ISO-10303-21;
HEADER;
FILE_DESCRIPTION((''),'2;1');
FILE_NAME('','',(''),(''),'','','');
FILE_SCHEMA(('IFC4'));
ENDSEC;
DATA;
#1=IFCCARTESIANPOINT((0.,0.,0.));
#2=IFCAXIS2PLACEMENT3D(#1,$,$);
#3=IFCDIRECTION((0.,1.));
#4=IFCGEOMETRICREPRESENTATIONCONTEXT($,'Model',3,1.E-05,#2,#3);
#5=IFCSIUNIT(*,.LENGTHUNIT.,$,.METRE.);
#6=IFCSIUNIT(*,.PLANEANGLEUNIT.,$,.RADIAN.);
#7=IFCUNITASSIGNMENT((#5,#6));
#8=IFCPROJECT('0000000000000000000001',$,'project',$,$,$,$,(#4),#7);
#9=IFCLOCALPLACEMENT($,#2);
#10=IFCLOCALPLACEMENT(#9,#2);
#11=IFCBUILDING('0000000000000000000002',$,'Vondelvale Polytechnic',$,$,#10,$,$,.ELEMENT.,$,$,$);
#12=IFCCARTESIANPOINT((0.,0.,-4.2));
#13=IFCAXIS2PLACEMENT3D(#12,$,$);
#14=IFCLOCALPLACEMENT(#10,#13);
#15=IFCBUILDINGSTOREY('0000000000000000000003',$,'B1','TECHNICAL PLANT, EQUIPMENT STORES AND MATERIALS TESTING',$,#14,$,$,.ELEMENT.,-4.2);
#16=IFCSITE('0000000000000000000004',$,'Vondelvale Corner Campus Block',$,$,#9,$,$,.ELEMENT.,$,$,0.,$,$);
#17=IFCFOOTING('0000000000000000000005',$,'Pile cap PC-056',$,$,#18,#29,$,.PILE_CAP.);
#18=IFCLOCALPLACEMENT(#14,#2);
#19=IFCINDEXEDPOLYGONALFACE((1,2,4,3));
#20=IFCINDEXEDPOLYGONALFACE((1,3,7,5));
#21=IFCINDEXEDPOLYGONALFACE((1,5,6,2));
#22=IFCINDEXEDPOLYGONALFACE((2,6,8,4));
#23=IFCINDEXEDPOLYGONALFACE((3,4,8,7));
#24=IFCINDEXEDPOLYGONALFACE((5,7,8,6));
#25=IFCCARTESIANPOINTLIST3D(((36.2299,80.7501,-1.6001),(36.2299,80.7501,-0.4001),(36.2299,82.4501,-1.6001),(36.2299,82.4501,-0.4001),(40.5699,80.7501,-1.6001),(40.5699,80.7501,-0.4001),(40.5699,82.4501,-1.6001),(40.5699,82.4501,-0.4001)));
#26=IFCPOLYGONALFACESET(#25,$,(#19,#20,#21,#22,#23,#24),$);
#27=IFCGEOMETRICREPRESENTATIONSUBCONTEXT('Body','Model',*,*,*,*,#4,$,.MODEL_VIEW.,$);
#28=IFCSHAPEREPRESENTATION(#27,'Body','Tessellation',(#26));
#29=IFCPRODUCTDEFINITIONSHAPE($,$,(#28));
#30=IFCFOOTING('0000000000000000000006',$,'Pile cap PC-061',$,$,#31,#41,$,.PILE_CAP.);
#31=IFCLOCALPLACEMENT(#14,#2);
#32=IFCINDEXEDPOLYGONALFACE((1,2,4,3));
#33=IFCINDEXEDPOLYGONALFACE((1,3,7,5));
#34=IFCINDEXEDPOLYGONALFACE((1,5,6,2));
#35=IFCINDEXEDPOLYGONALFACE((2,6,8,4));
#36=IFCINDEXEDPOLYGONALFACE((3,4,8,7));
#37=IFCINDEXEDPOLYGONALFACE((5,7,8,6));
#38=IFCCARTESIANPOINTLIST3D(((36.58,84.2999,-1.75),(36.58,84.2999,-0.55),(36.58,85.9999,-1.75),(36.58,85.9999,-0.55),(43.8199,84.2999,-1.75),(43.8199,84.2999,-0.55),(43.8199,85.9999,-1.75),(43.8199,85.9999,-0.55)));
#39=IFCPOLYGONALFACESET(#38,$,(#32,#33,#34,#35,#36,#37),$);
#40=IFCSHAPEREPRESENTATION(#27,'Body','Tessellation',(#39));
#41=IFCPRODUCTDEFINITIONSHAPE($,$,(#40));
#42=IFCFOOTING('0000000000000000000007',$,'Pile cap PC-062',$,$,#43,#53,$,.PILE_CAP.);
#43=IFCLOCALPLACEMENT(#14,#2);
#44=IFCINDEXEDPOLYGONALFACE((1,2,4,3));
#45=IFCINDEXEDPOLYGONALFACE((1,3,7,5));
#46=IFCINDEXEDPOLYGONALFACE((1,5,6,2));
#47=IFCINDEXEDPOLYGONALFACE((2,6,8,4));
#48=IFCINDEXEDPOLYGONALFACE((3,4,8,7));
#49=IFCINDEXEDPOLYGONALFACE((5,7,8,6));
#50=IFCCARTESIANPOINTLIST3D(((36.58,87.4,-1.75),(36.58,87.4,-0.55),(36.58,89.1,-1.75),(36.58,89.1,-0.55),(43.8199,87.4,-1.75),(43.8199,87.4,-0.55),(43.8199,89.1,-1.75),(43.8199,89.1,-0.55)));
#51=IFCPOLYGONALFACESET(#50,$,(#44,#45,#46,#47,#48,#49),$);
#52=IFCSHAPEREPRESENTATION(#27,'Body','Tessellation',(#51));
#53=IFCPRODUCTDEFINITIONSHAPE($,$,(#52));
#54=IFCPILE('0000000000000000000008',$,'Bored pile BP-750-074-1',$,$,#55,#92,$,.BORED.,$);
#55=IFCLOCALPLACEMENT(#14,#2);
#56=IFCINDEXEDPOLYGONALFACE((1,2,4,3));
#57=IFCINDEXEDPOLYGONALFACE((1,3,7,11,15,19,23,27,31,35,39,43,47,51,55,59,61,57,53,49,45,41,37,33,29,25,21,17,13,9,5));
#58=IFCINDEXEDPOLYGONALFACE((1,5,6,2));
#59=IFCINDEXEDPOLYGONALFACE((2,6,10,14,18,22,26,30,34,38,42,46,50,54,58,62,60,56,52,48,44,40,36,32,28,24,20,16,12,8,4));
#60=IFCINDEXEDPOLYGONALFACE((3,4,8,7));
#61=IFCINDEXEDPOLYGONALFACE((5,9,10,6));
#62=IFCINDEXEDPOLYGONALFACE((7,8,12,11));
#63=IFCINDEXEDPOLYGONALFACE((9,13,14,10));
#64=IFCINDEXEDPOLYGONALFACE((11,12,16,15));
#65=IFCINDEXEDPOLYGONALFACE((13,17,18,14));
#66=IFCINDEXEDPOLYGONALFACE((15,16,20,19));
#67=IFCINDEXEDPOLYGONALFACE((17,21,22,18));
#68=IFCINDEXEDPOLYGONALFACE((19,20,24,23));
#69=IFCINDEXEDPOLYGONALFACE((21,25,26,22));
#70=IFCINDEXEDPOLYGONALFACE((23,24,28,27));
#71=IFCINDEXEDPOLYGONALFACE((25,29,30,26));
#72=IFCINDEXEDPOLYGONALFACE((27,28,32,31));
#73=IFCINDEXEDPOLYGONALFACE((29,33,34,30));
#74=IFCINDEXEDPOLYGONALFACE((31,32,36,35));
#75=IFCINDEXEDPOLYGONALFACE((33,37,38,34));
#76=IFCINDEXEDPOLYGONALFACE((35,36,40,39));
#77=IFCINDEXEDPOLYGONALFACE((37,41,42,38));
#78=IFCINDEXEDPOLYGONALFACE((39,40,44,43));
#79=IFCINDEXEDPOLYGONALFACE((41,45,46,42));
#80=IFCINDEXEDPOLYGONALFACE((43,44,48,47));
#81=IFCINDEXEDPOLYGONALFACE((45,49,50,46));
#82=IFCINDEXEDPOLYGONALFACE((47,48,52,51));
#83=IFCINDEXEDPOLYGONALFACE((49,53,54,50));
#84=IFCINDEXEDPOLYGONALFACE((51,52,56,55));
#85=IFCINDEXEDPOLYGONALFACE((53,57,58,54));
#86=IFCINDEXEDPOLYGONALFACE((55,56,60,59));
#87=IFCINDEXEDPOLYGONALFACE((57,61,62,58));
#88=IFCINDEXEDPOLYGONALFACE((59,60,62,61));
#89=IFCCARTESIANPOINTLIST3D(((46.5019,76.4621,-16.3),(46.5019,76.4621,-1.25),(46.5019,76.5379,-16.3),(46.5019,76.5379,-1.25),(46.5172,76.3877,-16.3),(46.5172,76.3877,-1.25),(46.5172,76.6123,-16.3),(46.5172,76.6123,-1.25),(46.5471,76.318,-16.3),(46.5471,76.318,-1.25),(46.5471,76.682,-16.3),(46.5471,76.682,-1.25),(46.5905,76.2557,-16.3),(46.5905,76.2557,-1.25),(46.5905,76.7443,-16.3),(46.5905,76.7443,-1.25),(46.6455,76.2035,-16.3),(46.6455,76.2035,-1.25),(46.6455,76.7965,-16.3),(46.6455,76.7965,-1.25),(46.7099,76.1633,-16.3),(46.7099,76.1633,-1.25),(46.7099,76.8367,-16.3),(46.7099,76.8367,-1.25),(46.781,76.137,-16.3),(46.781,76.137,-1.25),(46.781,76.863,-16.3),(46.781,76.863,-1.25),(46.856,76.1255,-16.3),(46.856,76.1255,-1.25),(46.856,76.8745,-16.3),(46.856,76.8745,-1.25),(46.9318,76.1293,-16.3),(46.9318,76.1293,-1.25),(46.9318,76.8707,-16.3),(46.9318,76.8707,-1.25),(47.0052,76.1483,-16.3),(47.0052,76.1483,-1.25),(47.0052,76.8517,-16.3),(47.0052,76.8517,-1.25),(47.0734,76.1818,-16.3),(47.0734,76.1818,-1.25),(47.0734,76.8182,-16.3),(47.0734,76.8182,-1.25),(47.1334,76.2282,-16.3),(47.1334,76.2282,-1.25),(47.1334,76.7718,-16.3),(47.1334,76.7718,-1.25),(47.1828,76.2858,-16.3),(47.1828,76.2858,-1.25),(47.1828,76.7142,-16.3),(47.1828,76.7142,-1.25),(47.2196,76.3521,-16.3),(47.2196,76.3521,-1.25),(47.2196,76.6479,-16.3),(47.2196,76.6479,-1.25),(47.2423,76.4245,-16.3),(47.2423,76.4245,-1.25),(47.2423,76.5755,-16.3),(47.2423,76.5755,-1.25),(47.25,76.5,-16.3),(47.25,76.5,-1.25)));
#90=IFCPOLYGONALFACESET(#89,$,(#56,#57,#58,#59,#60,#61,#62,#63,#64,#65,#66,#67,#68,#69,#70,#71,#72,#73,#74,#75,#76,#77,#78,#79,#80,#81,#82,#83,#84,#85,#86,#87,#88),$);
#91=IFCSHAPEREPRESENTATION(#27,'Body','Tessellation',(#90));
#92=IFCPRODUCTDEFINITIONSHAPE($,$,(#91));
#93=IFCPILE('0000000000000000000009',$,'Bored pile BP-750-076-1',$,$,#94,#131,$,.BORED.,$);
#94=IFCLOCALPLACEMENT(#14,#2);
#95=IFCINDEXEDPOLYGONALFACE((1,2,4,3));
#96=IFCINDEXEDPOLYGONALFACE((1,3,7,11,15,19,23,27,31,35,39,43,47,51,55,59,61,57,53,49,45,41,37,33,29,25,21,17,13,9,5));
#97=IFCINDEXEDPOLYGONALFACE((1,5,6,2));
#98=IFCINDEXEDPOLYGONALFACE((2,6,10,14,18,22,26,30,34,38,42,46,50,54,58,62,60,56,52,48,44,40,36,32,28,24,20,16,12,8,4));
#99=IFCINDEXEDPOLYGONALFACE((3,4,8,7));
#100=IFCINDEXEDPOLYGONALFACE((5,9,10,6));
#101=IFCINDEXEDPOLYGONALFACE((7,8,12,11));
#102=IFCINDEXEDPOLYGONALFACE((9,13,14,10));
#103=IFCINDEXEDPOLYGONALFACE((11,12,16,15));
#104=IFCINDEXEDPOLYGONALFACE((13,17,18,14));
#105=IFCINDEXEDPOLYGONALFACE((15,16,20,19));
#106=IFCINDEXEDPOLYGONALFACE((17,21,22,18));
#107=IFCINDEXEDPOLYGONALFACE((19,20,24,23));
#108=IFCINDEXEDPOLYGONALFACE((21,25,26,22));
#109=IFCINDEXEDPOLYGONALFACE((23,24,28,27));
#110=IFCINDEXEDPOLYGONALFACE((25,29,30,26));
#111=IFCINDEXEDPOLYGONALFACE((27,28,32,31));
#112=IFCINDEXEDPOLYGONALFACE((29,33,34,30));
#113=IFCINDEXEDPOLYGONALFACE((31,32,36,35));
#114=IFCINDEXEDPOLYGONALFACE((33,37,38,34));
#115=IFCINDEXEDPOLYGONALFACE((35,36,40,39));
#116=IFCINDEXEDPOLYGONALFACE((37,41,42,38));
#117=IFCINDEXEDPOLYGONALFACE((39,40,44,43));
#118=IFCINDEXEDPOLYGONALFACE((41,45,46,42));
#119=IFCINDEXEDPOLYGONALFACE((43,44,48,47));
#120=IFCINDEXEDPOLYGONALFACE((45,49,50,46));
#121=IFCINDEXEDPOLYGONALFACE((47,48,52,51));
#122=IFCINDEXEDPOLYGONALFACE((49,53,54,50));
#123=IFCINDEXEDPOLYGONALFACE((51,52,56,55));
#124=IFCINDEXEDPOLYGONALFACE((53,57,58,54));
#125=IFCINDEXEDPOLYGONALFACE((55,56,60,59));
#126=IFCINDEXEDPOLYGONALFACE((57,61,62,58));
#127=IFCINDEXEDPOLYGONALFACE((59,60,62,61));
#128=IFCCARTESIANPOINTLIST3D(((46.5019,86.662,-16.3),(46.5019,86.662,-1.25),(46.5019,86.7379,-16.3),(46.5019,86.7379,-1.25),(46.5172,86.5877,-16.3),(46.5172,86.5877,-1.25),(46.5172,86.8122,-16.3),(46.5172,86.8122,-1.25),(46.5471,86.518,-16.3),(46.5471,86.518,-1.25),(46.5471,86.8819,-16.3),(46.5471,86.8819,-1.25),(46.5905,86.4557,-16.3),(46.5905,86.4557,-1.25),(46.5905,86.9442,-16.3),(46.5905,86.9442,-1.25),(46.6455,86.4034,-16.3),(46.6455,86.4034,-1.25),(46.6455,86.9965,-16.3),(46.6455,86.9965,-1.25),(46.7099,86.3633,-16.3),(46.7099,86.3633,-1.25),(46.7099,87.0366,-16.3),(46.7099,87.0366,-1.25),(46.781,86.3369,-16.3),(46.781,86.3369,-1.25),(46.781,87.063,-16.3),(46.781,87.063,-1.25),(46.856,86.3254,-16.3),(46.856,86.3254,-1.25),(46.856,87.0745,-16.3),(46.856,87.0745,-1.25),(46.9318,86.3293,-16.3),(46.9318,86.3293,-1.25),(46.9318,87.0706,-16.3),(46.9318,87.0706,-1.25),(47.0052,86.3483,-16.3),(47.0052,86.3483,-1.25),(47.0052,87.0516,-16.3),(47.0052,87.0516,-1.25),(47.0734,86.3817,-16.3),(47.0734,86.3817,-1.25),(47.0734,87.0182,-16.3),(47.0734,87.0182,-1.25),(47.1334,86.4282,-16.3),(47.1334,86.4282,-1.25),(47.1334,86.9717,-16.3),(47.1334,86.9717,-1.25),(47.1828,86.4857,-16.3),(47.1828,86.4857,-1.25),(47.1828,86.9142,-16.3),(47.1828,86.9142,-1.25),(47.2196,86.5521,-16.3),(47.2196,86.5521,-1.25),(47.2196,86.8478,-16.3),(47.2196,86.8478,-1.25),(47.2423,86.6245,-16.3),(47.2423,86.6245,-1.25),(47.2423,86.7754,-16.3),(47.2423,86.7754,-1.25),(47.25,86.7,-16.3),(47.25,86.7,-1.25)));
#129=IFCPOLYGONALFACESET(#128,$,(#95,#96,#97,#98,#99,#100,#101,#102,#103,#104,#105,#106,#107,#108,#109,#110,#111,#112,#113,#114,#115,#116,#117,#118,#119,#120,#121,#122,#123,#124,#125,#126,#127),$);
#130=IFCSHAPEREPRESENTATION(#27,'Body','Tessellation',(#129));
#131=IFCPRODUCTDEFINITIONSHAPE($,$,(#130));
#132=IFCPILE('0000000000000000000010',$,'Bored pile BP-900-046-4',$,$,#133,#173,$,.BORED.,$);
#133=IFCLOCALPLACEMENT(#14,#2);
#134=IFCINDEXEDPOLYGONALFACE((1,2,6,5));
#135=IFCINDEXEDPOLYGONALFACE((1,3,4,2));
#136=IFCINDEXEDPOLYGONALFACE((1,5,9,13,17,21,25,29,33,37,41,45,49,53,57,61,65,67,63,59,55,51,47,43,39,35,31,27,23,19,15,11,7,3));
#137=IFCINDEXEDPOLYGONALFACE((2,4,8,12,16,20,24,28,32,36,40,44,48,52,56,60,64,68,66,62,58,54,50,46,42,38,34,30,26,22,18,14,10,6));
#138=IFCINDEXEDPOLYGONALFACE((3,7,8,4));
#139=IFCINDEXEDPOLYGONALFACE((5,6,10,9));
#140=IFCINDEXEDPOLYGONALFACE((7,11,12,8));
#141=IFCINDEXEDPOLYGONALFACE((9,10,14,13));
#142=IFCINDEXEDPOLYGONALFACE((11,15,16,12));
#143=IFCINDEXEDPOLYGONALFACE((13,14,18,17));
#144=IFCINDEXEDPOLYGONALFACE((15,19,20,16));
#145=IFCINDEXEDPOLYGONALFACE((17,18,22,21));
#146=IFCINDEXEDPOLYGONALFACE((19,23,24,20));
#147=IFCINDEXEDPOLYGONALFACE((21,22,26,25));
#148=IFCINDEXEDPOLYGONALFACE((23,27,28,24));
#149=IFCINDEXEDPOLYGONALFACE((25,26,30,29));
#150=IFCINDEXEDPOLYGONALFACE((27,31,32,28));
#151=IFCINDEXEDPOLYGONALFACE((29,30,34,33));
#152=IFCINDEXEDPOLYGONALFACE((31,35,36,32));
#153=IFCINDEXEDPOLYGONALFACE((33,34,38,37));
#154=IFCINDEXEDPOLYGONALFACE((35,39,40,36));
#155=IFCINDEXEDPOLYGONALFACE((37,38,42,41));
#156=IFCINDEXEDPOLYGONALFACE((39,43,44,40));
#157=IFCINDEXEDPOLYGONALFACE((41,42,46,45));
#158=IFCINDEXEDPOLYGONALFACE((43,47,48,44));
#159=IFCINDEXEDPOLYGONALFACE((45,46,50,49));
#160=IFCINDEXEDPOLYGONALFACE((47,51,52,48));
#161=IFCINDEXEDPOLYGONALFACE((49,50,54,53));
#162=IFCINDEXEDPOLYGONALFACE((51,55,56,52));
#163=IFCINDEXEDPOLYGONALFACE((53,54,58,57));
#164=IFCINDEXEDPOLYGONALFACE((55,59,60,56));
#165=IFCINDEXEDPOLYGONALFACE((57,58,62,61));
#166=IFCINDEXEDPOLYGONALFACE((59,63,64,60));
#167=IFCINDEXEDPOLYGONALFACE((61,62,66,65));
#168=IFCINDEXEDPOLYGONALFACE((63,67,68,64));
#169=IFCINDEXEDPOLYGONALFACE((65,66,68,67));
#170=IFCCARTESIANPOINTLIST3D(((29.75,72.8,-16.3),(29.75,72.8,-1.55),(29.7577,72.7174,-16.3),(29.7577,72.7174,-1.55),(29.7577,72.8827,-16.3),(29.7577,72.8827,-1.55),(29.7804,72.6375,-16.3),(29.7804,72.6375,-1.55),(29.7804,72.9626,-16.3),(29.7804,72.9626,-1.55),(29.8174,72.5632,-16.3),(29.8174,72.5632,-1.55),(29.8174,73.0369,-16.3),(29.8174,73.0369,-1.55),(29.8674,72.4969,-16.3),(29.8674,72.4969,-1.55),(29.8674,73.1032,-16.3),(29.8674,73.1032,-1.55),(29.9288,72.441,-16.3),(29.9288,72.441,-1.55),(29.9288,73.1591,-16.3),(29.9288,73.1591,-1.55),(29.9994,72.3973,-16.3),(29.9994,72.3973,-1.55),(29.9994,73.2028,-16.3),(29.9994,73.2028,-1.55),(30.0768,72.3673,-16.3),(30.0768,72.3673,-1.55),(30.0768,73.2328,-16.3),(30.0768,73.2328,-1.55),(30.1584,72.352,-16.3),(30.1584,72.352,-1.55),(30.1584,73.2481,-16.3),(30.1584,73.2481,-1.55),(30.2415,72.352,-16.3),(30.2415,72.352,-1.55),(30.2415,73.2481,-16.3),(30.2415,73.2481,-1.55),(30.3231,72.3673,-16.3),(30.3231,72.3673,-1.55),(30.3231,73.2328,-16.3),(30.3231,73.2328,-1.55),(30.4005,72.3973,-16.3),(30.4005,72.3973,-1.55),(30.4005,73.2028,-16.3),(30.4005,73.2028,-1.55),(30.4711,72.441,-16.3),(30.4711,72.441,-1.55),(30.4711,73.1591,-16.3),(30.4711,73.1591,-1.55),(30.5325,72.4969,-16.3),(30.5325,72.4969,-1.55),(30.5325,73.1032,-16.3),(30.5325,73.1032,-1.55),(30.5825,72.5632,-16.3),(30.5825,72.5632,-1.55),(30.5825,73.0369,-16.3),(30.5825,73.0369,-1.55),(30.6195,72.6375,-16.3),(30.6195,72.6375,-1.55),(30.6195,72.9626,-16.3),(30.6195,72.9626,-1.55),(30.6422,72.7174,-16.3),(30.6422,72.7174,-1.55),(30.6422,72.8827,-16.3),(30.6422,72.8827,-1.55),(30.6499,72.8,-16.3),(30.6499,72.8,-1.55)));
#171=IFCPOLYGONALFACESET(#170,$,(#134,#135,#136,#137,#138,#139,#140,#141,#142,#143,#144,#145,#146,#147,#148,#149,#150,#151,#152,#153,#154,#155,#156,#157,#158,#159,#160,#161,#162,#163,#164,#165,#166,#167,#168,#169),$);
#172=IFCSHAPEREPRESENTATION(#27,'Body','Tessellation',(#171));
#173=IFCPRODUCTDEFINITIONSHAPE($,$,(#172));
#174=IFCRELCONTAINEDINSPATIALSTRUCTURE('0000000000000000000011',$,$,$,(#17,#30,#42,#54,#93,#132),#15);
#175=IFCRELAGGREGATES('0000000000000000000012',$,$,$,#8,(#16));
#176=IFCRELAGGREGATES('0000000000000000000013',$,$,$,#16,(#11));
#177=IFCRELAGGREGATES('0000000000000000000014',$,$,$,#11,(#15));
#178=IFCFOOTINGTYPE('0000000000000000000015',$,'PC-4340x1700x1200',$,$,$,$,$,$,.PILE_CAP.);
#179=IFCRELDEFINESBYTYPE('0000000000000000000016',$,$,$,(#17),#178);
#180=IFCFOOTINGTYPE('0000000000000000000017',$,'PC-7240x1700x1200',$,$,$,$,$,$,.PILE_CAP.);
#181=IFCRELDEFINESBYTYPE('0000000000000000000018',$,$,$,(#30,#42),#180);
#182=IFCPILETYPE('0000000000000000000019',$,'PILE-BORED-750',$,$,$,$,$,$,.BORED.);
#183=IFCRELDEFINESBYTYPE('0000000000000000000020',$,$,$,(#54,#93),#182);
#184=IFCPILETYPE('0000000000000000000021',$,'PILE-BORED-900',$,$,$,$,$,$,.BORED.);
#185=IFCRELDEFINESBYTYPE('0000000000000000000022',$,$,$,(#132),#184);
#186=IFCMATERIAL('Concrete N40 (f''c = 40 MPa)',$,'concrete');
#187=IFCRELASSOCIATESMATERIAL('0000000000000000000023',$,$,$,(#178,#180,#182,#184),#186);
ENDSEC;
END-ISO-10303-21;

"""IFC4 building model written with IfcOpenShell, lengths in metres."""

from ifc_helpers import new_model, si_unit, direction, frame, origin, origin_2d, place, context, subcontext, project, spatial, rectangle, circle, extrude, material, material_profile, profile_set, type_object, element, save


model = new_model("IFC4")

# Units and contexts
model_context = context("Model", 3, precision=1e-05, world=origin(), true_north=direction((0.0, 1.0)))
body_context = subcontext(model_context, "Body", "Model", "MODEL_VIEW")
ifc_project = project(units=[si_unit("LENGTHUNIT", "METRE"), si_unit("PLANEANGLEUNIT", "RADIAN")], contexts=[model_context])

# Site, building, storey
site_placement = place(None, origin())
site = spatial("IfcSite", under=ifc_project, at=site_placement, Name="Vondelvale Corner Campus Block", CompositionType="ELEMENT", RefElevation=0.0)
building_placement = place(site_placement, origin())
building = spatial("IfcBuilding", under=site, at=building_placement, Name="Vondelvale Polytechnic", CompositionType="ELEMENT")
storey_placement = place(building_placement, frame((0.0, 0.0, -4.2)))
storey = spatial("IfcBuildingStorey", under=building, at=storey_placement, Name="B1", Description="TECHNICAL PLANT, EQUIPMENT STORES AND MATERIALS TESTING", CompositionType="ELEMENT", Elevation=-4.2)

# Footings
ifc_material_1 = material(Name="Concrete N40 (f'c = 40 MPa)", Category="concrete")
footing_type_1 = type_object("IfcFootingType", Name="PC-4340x1700x1200", PredefinedType="PILE_CAP", material=ifc_material_1)
footing_placement = place(storey_placement, frame((38.3999, 81.6001, -1.6001), z_axis=(0.0, 0.0, 1.0), x_axis=(1.0, 0.0, 0.0)))
element("IfcFooting", 1, at=footing_placement, inside=storey, type_object=footing_type_1, Name="Pile cap PC-056", PredefinedType="PILE_CAP", context=body_context, shape_type="SweptSolid", body=[
    extrude(rectangle(XDim=4.3401, YDim=1.7, at=origin_2d()), origin(), (0.0, 0.0, 1.0), 1.2),
])
footing_type_2 = type_object("IfcFootingType", Name="PC-7240x1700x1200", PredefinedType="PILE_CAP", material=ifc_material_1)
for number, where, z_axis, x_axis, name in (
    (2, (40.2, 85.1499, -1.75), (0.0, 0.0, 1.0), (1.0, 0.0, 0.0), "Pile cap PC-061"),
    (3, (40.2, 88.25, -1.75), (0.0, 0.0, 1.0), (1.0, 0.0, 0.0), "Pile cap PC-062"),
):
    element("IfcFooting", number, at=place(storey_placement, frame(where, z_axis=z_axis, x_axis=x_axis)), inside=storey, type_object=footing_type_2, Name=name, PredefinedType="PILE_CAP", context=body_context, shape_type="SweptSolid", body=[
        extrude(rectangle(XDim=7.24, YDim=1.7, at=origin_2d()), origin(), (0.0, 0.0, 1.0), 1.2),
    ])

# Piles
ifc_material_profile_1 = material_profile(ifc_material_1, circle(Radius=0.375, at=origin_2d()), Name="PILE-D750")
ifc_profile_set_1 = profile_set([ifc_material_profile_1], Name="Concrete N40 (f'c = 40 MPa)")
pile_type_1 = type_object("IfcPileType", Name="PILE-BORED-750", PredefinedType="BORED", material=ifc_profile_set_1)
for number, where, z_axis, x_axis, name in (
    (4, (46.875, 76.5, -1.25), (0.0, 0.0, -1.0), (1.0, 0.0, 0.0), "Bored pile BP-750-074-1"),
    (5, (46.875, 86.7, -1.25), (0.0, 0.0, -1.0), (1.0, 0.0, 0.0), "Bored pile BP-750-076-1"),
):
    element("IfcPile", number, at=place(storey_placement, frame(where, z_axis=z_axis, x_axis=x_axis)), inside=storey, type_object=pile_type_1, Name=name, PredefinedType="BORED", context=body_context, shape_type="SweptSolid", body=[
        extrude(circle(Radius=0.375, at=origin_2d()), origin(), (0.0, 0.0, 1.0), 15.05),
    ])
ifc_material_profile_2 = material_profile(ifc_material_1, circle(Radius=0.45, at=origin_2d()), Name="PILE-D900")
ifc_profile_set_2 = profile_set([ifc_material_profile_2], Name="Concrete N40 (f'c = 40 MPa)")
pile_type_2 = type_object("IfcPileType", Name="PILE-BORED-900", PredefinedType="BORED", material=ifc_profile_set_2)
for number, where, z_axis, x_axis, name in (
    (6, (30.2, 72.8, -1.55), (0.0, 0.0, -1.0), (1.0, 0.0, 0.0), "Bored pile BP-900-046-4"),
):
    element("IfcPile", number, at=place(storey_placement, frame(where, z_axis=z_axis, x_axis=x_axis)), inside=storey, type_object=pile_type_2, Name=name, PredefinedType="BORED", context=body_context, shape_type="SweptSolid", body=[
        extrude(circle(Radius=0.45, at=origin_2d()), origin(), (0.0, 0.0, 1.0), 14.75),
    ])

save(model, "model.ifc")
